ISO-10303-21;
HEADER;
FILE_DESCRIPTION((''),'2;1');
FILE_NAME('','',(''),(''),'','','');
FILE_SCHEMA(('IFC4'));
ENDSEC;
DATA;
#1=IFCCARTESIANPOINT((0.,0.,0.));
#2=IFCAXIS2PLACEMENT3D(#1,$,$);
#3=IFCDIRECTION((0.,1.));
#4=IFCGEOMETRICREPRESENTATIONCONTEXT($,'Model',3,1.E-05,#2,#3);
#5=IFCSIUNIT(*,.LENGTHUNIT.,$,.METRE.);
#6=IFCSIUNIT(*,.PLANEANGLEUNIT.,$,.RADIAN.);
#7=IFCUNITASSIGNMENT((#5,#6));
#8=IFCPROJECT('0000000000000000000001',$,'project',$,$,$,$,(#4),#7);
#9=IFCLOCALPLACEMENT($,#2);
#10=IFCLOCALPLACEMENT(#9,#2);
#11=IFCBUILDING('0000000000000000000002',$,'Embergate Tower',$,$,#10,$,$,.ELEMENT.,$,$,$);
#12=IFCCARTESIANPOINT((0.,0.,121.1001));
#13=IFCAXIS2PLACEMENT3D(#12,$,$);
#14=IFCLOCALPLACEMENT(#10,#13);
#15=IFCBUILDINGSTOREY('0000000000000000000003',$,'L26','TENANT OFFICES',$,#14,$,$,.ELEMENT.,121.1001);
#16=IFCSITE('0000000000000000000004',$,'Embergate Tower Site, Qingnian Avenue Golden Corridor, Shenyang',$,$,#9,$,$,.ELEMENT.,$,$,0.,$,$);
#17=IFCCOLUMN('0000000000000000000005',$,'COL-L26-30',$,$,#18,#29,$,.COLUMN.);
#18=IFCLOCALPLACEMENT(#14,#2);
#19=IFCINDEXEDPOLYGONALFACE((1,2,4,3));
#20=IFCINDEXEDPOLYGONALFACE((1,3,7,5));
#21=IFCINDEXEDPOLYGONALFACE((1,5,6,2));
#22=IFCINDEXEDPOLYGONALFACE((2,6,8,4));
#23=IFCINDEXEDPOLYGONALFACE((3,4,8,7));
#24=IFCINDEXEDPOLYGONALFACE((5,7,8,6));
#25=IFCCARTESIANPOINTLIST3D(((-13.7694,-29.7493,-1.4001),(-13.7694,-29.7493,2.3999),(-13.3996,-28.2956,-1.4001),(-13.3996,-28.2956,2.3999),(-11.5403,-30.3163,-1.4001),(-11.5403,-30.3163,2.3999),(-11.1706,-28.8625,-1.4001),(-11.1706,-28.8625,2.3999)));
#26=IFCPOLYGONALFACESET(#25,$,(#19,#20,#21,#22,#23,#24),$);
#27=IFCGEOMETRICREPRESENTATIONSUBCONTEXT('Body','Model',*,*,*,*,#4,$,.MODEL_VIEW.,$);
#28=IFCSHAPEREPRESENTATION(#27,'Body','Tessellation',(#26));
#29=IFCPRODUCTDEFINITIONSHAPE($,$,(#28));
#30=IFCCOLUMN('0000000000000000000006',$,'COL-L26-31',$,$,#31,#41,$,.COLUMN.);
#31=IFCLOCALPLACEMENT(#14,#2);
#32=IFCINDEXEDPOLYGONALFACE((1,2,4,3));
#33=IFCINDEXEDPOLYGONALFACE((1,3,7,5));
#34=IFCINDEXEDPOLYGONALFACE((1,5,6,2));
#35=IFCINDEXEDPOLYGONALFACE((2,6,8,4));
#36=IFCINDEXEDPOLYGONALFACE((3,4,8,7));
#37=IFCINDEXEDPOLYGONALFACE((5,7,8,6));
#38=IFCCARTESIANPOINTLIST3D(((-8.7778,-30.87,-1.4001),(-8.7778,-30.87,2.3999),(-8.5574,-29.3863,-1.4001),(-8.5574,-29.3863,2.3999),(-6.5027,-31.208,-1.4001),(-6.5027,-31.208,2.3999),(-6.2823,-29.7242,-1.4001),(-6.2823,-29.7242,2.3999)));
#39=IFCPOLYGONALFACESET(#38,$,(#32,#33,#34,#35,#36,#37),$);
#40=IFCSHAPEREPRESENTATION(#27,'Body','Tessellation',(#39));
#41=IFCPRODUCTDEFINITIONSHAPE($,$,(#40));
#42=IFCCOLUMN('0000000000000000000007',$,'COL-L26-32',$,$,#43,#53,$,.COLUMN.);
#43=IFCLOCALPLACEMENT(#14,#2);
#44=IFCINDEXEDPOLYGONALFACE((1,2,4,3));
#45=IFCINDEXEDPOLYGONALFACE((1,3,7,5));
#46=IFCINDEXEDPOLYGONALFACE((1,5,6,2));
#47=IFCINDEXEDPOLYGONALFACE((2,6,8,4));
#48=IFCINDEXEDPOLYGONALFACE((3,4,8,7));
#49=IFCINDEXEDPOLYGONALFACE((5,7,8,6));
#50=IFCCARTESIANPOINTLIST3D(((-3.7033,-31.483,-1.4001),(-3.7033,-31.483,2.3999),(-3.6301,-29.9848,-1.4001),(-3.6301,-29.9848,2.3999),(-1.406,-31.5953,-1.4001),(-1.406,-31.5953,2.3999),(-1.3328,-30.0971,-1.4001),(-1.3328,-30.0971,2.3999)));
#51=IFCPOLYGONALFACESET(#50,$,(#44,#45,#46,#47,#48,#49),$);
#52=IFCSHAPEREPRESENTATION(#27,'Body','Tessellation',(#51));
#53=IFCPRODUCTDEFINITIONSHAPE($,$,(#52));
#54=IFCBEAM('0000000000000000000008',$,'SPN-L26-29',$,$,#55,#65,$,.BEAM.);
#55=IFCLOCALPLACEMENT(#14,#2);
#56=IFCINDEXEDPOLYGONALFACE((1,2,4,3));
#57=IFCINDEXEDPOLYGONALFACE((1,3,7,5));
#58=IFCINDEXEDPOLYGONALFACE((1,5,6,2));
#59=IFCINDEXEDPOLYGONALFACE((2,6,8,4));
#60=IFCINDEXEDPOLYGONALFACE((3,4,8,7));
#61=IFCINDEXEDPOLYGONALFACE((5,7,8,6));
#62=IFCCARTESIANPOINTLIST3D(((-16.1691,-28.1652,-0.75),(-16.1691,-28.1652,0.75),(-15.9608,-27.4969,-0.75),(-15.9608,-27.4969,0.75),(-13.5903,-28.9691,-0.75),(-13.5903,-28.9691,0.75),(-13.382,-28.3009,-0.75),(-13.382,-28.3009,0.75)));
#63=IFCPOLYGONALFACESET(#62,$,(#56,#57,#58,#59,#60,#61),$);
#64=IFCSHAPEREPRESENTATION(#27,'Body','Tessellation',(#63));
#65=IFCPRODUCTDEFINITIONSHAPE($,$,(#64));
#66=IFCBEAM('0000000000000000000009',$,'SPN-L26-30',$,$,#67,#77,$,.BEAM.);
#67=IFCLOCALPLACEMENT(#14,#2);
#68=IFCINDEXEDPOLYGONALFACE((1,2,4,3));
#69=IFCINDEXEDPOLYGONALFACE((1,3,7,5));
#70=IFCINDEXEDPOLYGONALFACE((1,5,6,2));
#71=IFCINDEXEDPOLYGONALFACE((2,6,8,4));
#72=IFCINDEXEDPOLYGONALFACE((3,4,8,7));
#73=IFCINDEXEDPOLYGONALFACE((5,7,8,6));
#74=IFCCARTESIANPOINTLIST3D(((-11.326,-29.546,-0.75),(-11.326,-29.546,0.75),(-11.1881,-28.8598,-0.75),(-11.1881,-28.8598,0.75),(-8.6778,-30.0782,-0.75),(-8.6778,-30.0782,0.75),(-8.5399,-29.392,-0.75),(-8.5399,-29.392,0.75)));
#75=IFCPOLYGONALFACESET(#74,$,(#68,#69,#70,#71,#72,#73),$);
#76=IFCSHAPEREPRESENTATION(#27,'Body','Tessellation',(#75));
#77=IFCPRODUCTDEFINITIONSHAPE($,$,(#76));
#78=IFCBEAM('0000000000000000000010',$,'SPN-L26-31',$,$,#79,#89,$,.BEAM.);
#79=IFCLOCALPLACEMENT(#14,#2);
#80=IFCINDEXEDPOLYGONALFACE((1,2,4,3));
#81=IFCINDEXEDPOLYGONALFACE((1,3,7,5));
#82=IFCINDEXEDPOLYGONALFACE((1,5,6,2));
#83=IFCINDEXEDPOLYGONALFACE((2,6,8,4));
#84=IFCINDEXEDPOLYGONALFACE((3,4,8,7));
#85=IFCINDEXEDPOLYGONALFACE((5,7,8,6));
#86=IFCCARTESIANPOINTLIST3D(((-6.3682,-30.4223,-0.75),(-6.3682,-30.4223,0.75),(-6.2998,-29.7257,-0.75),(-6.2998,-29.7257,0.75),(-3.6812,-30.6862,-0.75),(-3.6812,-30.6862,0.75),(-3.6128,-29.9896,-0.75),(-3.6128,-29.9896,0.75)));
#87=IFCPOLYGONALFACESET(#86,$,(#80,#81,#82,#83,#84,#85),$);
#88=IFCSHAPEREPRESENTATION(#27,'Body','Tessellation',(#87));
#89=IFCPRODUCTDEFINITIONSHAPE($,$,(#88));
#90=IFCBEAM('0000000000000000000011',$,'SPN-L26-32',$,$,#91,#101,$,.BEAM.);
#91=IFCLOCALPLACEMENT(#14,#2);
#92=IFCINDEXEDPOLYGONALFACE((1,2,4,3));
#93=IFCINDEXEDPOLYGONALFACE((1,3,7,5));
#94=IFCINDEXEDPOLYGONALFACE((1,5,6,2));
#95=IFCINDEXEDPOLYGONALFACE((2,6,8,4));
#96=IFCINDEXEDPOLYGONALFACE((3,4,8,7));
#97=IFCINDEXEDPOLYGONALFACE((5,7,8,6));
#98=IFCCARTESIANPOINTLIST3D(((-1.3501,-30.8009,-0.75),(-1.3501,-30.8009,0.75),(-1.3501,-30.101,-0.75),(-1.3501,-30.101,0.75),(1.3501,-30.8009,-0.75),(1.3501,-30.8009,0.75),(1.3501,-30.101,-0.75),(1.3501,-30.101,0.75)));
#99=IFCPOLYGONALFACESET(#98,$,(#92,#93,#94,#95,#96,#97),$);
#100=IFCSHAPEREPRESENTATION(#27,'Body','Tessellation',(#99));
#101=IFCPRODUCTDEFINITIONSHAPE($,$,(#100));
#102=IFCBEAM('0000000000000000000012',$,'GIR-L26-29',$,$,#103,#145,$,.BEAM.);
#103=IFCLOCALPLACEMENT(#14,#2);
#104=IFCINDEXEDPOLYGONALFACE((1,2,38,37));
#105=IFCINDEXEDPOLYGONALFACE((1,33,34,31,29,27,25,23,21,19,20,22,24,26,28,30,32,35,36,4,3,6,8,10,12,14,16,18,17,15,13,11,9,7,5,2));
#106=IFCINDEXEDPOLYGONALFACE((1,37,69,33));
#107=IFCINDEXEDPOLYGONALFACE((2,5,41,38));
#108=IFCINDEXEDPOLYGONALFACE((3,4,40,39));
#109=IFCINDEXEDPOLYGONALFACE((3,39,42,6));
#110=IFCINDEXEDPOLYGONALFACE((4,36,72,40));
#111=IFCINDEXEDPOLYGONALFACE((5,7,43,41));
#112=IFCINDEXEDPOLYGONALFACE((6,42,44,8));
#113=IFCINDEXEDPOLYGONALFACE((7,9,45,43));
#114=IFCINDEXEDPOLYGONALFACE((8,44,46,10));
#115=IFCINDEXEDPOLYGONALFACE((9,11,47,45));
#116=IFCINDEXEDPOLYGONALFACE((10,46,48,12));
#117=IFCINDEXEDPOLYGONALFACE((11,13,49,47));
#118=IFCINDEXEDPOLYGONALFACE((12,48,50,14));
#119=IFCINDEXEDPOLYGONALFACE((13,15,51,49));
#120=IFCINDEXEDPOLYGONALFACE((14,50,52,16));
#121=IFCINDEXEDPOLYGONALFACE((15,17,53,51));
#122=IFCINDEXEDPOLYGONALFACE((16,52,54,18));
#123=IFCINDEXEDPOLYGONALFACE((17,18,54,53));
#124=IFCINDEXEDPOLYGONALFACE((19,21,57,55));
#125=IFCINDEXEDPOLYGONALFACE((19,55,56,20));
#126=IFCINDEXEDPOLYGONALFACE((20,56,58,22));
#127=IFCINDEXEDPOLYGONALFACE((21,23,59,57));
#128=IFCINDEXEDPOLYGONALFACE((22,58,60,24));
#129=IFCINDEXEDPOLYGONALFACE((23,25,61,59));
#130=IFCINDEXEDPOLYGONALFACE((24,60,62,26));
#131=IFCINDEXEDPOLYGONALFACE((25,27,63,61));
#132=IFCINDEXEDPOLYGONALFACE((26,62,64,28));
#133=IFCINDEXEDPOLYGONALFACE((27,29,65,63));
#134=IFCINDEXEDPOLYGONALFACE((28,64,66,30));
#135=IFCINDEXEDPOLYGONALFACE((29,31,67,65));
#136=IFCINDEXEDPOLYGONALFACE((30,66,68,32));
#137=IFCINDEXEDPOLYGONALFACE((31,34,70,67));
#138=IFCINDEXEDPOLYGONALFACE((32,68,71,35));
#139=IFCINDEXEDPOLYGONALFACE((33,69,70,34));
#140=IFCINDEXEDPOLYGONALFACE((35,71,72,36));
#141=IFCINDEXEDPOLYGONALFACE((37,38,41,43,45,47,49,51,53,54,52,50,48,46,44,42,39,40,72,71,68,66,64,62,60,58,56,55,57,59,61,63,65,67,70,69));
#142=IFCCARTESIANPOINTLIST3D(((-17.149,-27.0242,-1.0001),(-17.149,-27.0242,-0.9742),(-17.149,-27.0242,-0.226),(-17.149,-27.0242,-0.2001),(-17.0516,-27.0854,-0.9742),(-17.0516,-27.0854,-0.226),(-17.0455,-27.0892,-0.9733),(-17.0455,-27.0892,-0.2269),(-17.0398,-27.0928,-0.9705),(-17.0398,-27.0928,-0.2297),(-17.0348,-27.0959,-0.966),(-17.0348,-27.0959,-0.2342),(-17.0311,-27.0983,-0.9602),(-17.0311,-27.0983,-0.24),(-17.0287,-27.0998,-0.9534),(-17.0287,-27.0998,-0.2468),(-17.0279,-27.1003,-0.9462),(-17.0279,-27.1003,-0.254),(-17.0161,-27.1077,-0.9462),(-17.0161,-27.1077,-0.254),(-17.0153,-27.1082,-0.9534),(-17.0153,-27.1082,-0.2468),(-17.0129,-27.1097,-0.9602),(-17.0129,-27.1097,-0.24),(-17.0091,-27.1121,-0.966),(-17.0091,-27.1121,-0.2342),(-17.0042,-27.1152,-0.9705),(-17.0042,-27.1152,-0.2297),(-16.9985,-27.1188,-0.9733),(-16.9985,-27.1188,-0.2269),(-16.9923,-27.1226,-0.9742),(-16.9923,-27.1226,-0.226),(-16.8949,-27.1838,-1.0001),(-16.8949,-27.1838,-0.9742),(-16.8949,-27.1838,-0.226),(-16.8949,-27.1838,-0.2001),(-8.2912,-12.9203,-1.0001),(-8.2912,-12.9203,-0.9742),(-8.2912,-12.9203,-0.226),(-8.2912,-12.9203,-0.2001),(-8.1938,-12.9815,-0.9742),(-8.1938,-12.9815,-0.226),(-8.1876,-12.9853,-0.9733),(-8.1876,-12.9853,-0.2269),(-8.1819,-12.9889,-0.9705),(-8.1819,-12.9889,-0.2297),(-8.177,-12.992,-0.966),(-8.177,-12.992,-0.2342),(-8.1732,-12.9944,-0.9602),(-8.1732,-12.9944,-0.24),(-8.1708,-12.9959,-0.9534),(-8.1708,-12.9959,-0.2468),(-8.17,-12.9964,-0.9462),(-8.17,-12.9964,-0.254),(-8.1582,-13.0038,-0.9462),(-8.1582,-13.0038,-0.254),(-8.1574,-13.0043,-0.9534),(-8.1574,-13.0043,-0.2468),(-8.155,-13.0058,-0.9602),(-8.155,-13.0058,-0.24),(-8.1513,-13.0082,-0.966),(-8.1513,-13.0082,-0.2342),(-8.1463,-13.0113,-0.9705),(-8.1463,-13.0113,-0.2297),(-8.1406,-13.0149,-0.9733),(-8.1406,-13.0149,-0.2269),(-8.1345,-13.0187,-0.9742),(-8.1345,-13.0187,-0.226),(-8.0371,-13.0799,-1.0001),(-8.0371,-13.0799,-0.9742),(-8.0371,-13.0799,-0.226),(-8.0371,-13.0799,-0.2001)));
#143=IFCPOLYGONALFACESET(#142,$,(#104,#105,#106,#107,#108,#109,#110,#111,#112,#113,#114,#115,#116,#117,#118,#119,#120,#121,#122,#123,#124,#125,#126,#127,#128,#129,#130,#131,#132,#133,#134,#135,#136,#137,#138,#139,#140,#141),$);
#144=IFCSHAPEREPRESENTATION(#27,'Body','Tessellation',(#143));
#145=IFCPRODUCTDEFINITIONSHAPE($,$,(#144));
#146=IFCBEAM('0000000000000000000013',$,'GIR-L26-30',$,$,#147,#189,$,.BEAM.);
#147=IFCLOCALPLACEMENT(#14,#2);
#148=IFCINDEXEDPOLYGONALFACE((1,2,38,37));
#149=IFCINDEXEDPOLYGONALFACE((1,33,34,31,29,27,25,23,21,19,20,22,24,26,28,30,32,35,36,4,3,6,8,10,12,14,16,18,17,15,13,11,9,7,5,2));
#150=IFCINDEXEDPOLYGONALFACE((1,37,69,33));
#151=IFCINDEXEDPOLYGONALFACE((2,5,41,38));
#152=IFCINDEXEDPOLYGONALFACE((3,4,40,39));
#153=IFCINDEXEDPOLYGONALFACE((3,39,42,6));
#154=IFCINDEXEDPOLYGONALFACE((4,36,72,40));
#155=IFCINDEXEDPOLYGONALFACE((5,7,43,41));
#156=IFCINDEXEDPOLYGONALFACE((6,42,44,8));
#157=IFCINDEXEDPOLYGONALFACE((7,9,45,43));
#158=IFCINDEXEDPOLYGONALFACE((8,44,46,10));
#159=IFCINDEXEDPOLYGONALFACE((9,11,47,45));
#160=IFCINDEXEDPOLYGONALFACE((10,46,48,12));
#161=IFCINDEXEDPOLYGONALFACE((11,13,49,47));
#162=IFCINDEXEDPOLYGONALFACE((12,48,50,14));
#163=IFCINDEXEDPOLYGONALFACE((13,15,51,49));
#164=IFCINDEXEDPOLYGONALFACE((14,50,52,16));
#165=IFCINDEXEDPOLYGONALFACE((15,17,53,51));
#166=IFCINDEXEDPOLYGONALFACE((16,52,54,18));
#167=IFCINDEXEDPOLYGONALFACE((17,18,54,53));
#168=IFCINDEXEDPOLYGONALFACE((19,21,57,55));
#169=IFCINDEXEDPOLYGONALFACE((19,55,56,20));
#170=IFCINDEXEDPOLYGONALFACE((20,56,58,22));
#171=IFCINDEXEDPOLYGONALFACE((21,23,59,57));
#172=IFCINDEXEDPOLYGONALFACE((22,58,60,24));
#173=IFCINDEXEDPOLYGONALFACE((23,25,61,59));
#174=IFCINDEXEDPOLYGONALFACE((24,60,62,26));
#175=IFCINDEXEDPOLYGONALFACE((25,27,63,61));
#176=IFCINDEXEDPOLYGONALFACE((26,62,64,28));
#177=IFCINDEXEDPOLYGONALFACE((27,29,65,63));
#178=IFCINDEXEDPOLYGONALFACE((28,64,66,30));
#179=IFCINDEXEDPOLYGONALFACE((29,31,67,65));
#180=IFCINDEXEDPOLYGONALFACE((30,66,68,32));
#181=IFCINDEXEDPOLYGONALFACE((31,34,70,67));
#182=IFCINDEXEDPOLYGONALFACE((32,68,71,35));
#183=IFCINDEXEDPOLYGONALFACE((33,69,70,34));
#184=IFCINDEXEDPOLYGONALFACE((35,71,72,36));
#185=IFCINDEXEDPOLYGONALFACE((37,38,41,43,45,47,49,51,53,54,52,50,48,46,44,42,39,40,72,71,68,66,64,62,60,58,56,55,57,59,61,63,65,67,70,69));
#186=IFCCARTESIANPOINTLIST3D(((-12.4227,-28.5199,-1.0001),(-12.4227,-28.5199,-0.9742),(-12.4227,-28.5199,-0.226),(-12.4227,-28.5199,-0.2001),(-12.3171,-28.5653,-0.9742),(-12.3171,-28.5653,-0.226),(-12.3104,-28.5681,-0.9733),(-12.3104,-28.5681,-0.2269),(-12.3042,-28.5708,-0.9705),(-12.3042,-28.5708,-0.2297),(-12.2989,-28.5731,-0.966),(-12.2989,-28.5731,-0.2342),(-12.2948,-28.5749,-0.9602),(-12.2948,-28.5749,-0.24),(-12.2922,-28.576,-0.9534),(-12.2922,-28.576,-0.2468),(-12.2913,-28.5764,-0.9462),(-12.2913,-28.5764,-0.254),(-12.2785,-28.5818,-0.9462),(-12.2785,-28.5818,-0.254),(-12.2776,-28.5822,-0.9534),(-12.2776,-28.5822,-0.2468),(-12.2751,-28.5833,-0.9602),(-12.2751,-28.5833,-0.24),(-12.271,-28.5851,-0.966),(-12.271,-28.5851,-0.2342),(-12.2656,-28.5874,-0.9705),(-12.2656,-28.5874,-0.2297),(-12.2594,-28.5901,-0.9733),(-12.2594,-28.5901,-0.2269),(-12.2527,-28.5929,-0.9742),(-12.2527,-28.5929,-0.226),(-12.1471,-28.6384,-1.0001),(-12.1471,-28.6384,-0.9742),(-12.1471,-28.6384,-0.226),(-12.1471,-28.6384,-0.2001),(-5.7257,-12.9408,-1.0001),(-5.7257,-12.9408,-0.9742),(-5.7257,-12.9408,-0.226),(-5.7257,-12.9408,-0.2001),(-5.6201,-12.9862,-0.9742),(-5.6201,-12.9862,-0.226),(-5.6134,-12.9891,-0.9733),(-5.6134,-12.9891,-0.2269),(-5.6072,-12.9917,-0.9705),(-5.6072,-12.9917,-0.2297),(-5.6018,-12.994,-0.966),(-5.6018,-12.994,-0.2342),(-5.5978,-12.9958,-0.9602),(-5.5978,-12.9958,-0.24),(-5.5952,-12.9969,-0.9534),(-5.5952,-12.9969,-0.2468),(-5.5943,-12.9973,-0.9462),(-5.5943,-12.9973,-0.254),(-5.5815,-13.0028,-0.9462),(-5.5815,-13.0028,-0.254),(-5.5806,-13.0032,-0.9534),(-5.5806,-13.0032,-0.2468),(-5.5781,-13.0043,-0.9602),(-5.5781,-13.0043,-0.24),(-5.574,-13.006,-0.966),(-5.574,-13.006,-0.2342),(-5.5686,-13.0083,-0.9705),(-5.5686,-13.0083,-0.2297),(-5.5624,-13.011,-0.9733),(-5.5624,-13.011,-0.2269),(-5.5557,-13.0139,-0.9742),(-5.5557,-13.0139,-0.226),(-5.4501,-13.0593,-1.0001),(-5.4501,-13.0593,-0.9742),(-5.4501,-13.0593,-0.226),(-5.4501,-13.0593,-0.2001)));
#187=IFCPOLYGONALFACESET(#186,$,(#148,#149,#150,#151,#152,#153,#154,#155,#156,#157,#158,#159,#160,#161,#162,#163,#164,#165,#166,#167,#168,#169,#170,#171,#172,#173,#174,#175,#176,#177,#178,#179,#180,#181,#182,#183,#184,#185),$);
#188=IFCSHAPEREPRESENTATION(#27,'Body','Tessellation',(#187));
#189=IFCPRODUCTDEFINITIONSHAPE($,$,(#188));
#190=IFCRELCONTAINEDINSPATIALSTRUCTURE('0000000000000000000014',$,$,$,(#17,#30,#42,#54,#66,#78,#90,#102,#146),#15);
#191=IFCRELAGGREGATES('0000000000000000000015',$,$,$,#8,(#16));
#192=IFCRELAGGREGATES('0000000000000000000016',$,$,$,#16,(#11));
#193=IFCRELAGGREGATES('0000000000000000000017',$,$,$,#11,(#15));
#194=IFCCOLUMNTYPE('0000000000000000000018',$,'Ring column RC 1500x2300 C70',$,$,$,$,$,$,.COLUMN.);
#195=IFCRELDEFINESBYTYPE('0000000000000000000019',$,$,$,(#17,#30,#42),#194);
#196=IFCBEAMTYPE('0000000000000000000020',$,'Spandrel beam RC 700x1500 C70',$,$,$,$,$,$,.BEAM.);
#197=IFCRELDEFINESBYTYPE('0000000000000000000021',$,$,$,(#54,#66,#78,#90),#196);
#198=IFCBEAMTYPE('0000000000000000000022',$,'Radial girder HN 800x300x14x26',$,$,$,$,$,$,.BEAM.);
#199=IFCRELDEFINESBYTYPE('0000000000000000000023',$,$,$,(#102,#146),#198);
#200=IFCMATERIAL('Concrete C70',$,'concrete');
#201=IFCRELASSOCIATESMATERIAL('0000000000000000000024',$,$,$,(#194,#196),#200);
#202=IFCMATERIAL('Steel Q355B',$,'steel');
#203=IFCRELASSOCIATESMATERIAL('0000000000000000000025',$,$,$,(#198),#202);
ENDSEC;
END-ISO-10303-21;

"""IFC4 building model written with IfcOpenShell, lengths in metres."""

from ifc_helpers import new_model, si_unit, direction, frame, origin, origin_2d, place, context, subcontext, project, spatial, rectangle, i_section, extrude, source, transform, mapped, material, material_profile, profile_set, type_object, element, save


model = new_model("IFC4")

# Units and contexts
model_context = context("Model", 3, precision=1e-05, world=origin(), true_north=direction((0.0, 1.0)))
body_context = subcontext(model_context, "Body", "Model", "MODEL_VIEW")
ifc_project = project(units=[si_unit("LENGTHUNIT", "METRE"), si_unit("PLANEANGLEUNIT", "RADIAN")], contexts=[model_context])

# Site, building, storey
site_placement = place(None, origin())
site = spatial("IfcSite", under=ifc_project, at=site_placement, Name="Embergate Tower Site, Qingnian Avenue Golden Corridor, Shenyang", CompositionType="ELEMENT", RefElevation=0.0)
building_placement = place(site_placement, origin())
building = spatial("IfcBuilding", under=site, at=building_placement, Name="Embergate Tower", CompositionType="ELEMENT")
storey_placement = place(building_placement, frame((0.0, 0.0, 121.1001)))
storey = spatial("IfcBuildingStorey", under=building, at=storey_placement, Name="L26", Description="TENANT OFFICES", CompositionType="ELEMENT", Elevation=121.1001)

# Columns
ifc_material_1 = material(Name="Concrete C70", Category="concrete")
ifc_material_profile_1 = material_profile(ifc_material_1, rectangle(XDim=1.5, YDim=2.3, at=origin_2d()), Name="RC 1500x2300")
ifc_profile_set_1 = profile_set([ifc_material_profile_1], Name="Concrete C70")
column_type = type_object("IfcColumnType", Name="Ring column RC 1500x2300 C70", PredefinedType="COLUMN", material=ifc_profile_set_1)
shared_shape_1 = source(origin(), body_context, "Body", "SweptSolid", [
    extrude(rectangle(XDim=1.5, YDim=2.3, at=origin_2d()), origin(), (0.0, 0.0, 1.0), 3.8),
])
for number, where, z_axis, x_axis, name in (
    (1, (-12.47, -29.3059, -1.4001), (0.0, 0.0, 1.0), (-0.246509, -0.969141, 0.0), "COL-L26-30"),
    (2, (-7.53, -30.2971, -1.4001), (0.0, 0.0, 1.0), (-0.146929, -0.989147, 0.0), "COL-L26-31"),
    (3, (-2.5181, -30.79, -1.4001), (0.0, 0.0, 1.0), (-0.048815, -0.998808, 0.0), "COL-L26-32"),
):
    element("IfcColumn", number, at=place(storey_placement, frame(where, z_axis=z_axis, x_axis=x_axis)), inside=storey, type_object=column_type, Name=name, PredefinedType="COLUMN", context=body_context, shape_type="MappedRepresentation", body=[
        mapped(shared_shape_1, transform((0.0, 0.0, 0.0))),
    ])

# Beams
ifc_material_profile_2 = material_profile(ifc_material_1, rectangle(XDim=0.7, YDim=1.5, at=origin_2d()), Name="RC 700x1500")
ifc_profile_set_2 = profile_set([ifc_material_profile_2], Name="Concrete C70")
beam_type_1 = type_object("IfcBeamType", Name="Spandrel beam RC 700x1500 C70", PredefinedType="BEAM", material=ifc_profile_set_2)
shared_shape_2 = source(origin(), body_context, "Body", "SweptSolid", [
    extrude(rectangle(XDim=0.7, YDim=1.5, at=origin_2d()), origin(), (0.0, 0.0, 1.0), 2.7012),
])
for number, where, z_axis, x_axis, name in (
    (4, (-16.0649, -27.8311, 0.0), (0.954684, -0.297621, 0.0), (0.297621, 0.954684, 0.0), "SPN-L26-29"),
    (5, (-11.2571, -29.2029, 0.0), (0.980396, -0.197037, 0.0), (0.197037, 0.980396, 0.0), "SPN-L26-30"),
):
    element("IfcBeam", number, at=place(storey_placement, frame(where, z_axis=z_axis, x_axis=x_axis)), inside=storey, type_object=beam_type_1, Name=name, PredefinedType="BEAM", context=body_context, shape_type="MappedRepresentation", body=[
        mapped(shared_shape_2, transform((0.0, 0.0, 0.0))),
    ])
shared_shape_3 = source(origin(), body_context, "Body", "SweptSolid", [
    extrude(rectangle(XDim=0.7, YDim=1.5, at=origin_2d()), origin(), (0.0, 0.0, 1.0), 2.7),
])
beam_1_placement = place(storey_placement, frame((-6.334, -30.074, 0.0), z_axis=(0.995211, -0.097749, 0.0), x_axis=(0.097749, 0.995211, 0.0)))
element("IfcBeam", 6, at=beam_1_placement, inside=storey, type_object=beam_type_1, Name="SPN-L26-31", PredefinedType="BEAM", context=body_context, shape_type="MappedRepresentation", body=[
    mapped(shared_shape_3, transform((0.0, 0.0, 0.0))),
])
shared_shape_4 = source(origin(), body_context, "Body", "SweptSolid", [
    extrude(rectangle(XDim=0.7, YDim=1.5, at=origin_2d()), origin(), (0.0, 0.0, 1.0), 2.7002),
])
beam_2_placement = place(storey_placement, frame((-1.3501, -30.4509, 0.0), z_axis=(1.0, 0.0, 0.0), x_axis=(0.0, 1.0, 0.0)))
element("IfcBeam", 7, at=beam_2_placement, inside=storey, type_object=beam_type_1, Name="SPN-L26-32", PredefinedType="BEAM", context=body_context, shape_type="MappedRepresentation", body=[
    mapped(shared_shape_4, transform((0.0, 0.0, 0.0))),
])
ifc_material_2 = material(Name="Steel Q355B", Category="steel")
ifc_material_profile_3 = material_profile(ifc_material_2, i_section(OverallWidth=0.3, OverallDepth=0.8, WebThickness=0.0139, FlangeThickness=0.0259, FilletRadius=0.0281, at=origin_2d()), Name="HN 800x300x14x26")
ifc_profile_set_3 = profile_set([ifc_material_profile_3], Name="Steel Q355 grade B")
beam_type_2 = type_object("IfcBeamType", Name="Radial girder HN 800x300x14x26", PredefinedType="BEAM", material=ifc_profile_set_3)
shared_shape_5 = source(origin(), body_context, "Body", "SweptSolid", [
    extrude(i_section(OverallWidth=0.3, OverallDepth=0.8, WebThickness=0.0139, FlangeThickness=0.0259, FilletRadius=0.0281, at=origin_2d()), origin(), (0.0, 0.0, 1.0), 16.6548),
])
beam_3_placement = place(storey_placement, frame((-17.022, -27.104, -0.6001), z_axis=(0.53185, 0.846838, 0.0), x_axis=(-0.846838, 0.53185, 0.0)))
element("IfcBeam", 8, at=beam_3_placement, inside=storey, type_object=beam_type_2, Name="GIR-L26-29", PredefinedType="BEAM", context=body_context, shape_type="MappedRepresentation", body=[
    mapped(shared_shape_5, transform((0.0, 0.0, 0.0))),
])
shared_shape_6 = source(origin(), body_context, "Body", "SweptSolid", [
    extrude(i_section(OverallWidth=0.3, OverallDepth=0.8, WebThickness=0.0139, FlangeThickness=0.0259, FilletRadius=0.0281, at=origin_2d()), origin(), (0.0, 0.0, 1.0), 16.9575),
])
beam_4_placement = place(storey_placement, frame((-12.2849, -28.5791, -0.6001), z_axis=(0.394929, 0.918712, 0.0), x_axis=(-0.918712, 0.394929, 0.0)))
element("IfcBeam", 9, at=beam_4_placement, inside=storey, type_object=beam_type_2, Name="GIR-L26-30", PredefinedType="BEAM", context=body_context, shape_type="MappedRepresentation", body=[
    mapped(shared_shape_6, transform((0.0, 0.0, 0.0))),
])

save(model, "model.ifc")
